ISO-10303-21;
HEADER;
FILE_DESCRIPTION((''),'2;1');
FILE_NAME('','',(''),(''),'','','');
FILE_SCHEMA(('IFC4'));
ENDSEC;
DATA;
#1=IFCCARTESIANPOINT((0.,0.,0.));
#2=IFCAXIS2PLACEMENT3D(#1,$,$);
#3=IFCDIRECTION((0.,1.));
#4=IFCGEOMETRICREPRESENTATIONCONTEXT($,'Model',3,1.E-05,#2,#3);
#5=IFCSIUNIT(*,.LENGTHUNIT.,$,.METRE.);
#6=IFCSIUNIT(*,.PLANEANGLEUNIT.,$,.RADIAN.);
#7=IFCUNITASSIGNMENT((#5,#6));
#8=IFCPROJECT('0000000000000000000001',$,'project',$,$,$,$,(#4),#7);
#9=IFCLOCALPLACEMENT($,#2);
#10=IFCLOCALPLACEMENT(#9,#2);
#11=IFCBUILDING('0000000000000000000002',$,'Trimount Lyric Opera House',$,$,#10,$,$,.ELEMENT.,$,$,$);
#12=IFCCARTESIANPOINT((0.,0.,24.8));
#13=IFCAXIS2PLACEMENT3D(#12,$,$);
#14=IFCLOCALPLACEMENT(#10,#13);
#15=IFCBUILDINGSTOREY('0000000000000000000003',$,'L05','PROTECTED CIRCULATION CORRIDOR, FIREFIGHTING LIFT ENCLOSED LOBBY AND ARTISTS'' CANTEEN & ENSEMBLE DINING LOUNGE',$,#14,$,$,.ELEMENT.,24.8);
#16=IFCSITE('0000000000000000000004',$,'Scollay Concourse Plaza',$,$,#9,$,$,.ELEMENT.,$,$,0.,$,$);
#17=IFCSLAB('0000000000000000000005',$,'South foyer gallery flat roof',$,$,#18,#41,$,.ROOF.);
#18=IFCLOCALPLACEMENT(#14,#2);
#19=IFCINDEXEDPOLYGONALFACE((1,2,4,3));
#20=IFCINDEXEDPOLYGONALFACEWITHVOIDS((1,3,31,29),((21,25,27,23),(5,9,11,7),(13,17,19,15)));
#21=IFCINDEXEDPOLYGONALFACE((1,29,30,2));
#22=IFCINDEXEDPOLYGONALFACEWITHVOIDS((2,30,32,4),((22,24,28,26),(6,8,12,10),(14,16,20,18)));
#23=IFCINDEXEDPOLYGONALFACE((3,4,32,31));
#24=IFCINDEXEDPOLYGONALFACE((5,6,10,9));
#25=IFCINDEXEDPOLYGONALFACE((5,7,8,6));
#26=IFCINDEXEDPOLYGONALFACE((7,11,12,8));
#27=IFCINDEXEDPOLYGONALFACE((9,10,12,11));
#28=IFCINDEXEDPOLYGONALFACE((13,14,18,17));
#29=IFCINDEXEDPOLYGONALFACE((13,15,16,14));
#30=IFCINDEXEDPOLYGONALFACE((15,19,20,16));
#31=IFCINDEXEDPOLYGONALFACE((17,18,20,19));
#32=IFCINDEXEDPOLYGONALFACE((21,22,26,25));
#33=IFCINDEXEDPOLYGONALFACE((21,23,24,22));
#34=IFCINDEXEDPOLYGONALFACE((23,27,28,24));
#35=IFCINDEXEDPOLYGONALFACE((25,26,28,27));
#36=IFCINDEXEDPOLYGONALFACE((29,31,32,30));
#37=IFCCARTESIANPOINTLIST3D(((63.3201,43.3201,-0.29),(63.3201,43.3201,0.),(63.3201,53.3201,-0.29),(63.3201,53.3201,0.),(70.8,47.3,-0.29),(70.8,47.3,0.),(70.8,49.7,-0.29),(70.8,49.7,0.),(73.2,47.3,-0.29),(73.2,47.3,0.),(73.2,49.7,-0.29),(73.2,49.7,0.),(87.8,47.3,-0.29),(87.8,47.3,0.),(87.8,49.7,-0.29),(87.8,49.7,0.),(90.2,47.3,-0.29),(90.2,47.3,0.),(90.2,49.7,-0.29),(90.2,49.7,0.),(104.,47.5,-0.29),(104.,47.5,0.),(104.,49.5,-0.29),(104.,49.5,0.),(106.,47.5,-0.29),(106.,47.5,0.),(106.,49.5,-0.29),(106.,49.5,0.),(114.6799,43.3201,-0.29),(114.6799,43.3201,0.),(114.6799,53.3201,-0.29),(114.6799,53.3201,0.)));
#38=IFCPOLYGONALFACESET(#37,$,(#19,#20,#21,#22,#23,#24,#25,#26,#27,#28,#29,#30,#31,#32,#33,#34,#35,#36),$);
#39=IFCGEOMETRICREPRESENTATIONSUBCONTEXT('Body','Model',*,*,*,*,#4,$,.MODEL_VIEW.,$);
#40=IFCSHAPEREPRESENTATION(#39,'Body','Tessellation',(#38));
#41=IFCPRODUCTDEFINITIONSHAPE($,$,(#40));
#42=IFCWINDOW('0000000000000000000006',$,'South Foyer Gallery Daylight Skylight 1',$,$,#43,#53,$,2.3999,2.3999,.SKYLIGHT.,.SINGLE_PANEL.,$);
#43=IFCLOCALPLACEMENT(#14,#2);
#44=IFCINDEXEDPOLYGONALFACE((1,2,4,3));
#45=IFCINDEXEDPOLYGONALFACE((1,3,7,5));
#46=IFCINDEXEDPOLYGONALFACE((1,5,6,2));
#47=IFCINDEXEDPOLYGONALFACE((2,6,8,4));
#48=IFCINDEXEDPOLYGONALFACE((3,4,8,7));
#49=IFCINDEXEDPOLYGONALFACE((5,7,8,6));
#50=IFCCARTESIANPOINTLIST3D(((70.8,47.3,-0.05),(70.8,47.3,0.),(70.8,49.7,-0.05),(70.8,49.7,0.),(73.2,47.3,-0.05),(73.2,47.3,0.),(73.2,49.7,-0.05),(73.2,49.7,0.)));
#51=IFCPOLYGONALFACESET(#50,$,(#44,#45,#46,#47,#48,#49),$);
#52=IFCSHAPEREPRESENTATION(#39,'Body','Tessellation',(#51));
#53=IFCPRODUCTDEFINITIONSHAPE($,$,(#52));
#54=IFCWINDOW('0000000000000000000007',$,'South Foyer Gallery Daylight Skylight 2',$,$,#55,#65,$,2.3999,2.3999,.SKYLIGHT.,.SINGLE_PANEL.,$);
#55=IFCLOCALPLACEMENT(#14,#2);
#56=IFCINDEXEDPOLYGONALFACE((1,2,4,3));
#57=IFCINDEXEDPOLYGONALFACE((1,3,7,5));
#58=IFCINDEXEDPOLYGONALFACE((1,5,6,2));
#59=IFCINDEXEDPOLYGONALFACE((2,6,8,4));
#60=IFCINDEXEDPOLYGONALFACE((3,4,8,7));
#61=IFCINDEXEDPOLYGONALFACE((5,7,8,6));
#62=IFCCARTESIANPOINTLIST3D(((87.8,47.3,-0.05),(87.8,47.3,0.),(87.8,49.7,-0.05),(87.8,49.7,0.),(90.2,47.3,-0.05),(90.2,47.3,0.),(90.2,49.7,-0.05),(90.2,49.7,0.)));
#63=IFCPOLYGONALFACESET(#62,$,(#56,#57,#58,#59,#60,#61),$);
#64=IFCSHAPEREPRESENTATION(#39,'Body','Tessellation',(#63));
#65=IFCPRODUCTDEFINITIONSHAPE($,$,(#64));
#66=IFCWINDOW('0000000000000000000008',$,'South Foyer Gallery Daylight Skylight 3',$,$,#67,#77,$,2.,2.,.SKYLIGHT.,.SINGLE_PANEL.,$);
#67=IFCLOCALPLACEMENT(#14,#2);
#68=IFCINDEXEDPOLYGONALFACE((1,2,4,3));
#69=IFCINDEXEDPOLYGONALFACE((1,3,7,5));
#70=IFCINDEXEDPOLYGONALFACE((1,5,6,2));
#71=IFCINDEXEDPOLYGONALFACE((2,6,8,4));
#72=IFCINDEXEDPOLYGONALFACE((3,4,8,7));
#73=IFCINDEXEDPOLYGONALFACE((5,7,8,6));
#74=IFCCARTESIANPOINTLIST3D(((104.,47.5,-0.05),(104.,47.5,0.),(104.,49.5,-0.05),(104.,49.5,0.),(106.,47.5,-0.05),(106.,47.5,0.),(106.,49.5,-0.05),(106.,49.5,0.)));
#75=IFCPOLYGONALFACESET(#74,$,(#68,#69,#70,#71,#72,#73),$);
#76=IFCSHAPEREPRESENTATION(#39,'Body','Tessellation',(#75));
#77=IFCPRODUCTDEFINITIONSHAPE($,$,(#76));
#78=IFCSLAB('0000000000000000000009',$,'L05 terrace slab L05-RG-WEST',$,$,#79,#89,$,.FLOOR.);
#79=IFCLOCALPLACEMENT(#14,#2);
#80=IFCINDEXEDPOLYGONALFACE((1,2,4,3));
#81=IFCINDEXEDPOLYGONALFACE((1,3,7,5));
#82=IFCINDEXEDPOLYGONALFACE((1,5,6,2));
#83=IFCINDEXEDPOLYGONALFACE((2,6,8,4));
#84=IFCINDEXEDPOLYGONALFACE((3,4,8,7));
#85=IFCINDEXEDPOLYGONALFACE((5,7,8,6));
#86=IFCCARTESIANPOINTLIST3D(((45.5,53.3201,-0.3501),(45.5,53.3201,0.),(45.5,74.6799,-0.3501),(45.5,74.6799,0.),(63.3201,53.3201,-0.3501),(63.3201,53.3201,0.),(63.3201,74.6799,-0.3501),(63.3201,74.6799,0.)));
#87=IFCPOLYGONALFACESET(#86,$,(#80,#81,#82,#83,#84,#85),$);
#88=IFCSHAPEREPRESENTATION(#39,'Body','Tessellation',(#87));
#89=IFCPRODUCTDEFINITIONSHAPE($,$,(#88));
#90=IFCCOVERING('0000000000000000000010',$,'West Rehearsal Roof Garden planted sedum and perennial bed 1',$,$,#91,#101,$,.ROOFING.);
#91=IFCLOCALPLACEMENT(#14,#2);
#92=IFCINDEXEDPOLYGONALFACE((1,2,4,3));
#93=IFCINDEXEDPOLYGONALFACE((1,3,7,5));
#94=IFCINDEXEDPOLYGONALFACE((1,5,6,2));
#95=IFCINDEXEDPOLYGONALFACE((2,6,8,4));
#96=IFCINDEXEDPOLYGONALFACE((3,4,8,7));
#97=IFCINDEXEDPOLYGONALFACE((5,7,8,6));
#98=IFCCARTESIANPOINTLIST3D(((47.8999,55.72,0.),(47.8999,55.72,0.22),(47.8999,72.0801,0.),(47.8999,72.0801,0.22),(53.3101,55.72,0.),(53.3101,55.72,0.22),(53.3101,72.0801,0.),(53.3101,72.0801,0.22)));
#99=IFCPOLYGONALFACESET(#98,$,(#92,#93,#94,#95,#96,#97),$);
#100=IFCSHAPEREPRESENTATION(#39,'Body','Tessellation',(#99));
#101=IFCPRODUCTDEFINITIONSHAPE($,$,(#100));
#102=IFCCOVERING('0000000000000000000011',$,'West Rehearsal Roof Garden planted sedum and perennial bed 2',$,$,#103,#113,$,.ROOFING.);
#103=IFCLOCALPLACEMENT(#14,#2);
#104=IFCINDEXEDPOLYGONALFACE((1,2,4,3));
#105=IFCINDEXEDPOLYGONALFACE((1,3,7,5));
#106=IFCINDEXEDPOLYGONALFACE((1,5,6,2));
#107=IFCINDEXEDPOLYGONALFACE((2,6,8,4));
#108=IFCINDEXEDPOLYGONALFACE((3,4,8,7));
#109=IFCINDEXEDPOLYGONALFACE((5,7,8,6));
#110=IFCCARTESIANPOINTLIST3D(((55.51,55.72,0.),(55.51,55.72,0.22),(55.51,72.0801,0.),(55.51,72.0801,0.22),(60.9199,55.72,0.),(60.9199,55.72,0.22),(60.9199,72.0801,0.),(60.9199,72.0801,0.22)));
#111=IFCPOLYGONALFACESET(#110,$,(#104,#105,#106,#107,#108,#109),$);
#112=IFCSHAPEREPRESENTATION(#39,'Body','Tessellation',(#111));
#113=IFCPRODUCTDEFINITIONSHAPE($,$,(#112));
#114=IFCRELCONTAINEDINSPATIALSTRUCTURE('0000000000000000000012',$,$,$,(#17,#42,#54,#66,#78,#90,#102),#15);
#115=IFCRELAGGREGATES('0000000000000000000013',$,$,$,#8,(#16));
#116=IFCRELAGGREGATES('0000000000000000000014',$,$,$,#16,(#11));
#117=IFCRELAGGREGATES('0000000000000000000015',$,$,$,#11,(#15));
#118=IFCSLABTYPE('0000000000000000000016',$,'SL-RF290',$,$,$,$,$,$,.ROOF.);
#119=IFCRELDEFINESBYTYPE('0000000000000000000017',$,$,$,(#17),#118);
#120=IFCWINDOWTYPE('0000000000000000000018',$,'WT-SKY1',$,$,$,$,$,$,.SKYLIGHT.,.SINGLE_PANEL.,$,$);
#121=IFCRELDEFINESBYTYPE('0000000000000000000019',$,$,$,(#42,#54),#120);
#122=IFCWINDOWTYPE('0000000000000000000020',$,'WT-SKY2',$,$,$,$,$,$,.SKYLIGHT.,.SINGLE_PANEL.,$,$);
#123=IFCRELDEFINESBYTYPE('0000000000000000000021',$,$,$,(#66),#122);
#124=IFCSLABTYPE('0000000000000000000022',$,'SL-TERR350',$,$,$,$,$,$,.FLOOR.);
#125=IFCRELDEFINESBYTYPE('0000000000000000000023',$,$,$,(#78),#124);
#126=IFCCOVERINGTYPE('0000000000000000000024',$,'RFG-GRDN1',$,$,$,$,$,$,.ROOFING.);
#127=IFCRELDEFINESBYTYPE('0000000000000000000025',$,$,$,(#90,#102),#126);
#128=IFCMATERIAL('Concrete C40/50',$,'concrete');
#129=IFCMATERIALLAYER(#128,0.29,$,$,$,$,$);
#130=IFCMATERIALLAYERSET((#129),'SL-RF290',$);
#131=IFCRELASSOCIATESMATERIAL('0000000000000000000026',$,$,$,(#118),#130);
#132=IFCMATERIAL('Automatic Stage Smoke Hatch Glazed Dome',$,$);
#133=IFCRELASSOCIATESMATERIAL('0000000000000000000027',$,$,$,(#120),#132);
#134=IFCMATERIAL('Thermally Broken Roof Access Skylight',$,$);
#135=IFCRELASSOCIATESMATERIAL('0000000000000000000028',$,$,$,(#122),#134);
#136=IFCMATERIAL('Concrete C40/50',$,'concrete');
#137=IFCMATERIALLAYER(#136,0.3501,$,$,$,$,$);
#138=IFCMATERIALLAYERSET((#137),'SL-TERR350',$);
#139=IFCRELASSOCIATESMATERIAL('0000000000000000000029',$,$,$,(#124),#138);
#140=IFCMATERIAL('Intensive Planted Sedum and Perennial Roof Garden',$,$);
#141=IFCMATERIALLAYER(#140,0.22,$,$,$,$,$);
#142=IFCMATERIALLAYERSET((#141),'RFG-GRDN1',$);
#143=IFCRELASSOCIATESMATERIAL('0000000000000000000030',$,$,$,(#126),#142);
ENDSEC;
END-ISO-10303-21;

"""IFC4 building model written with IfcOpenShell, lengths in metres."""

from ifc_helpers import new_model, si_unit, direction, frame, origin, origin_2d, place, context, subcontext, project, spatial, polyline, rectangle, outline, extrude, material, layer, layer_set, type_object, element, fill, save


model = new_model("IFC4")

# Units and contexts
model_context = context("Model", 3, precision=1e-05, world=origin(), true_north=direction((0.0, 1.0)))
body_context = subcontext(model_context, "Body", "Model", "MODEL_VIEW")
ifc_project = project(units=[si_unit("LENGTHUNIT", "METRE"), si_unit("PLANEANGLEUNIT", "RADIAN")], contexts=[model_context])

# Site, building, storey
site_placement = place(None, origin())
site = spatial("IfcSite", under=ifc_project, at=site_placement, Name="Scollay Concourse Plaza", CompositionType="ELEMENT", RefElevation=0.0)
building_placement = place(site_placement, origin())
building = spatial("IfcBuilding", under=site, at=building_placement, Name="Trimount Lyric Opera House", CompositionType="ELEMENT")
storey_placement = place(building_placement, frame((0.0, 0.0, 24.8)))
storey = spatial("IfcBuildingStorey", under=building, at=storey_placement, Name="L05", Description="PROTECTED CIRCULATION CORRIDOR, FIREFIGHTING LIFT ENCLOSED LOBBY AND ARTISTS' CANTEEN & ENSEMBLE DINING LOUNGE", CompositionType="ELEMENT", Elevation=24.8)

# Shared definitions
ifc_material_1 = material(Name="Concrete C40/50", Category="concrete")
ifc_layer_1 = layer(ifc_material_1, 0.29)
ifc_layer_set_1 = layer_set([ifc_layer_1], Name="SL-RF290")
slab_type_1 = type_object("IfcSlabType", Name="SL-RF290", PredefinedType="ROOF", material=ifc_layer_set_1)

# Slab, openings, windows
slab_1_placement = place(storey_placement, frame((0.0, 0.0, -0.29)))
slab_1 = element("IfcSlab", 1, at=slab_1_placement, inside=storey, type_object=slab_type_1, Name="South foyer gallery flat roof", PredefinedType="ROOF", context=body_context, shape_type="SweptSolid", body=[
    extrude(outline(polyline([(114.6799, 43.3201), (63.3201, 43.3201), (63.3201, 53.3201), (114.6799, 53.3201), (114.6799, 43.3201)])), origin(), (0.0, 0.0, 1.0), 0.29),
])
opening_1_placement = place(slab_1_placement, frame((72.0, 48.5, 0.0)))
opening_1 = element("IfcOpeningElement", 2, at=opening_1_placement, cuts=slab_1, PredefinedType="OPENING", context=body_context, shape_type="SweptSolid", body=[
    extrude(rectangle(XDim=2.3999, YDim=2.3999, at=origin_2d()), frame((0.0, 0.0, -0.01)), (0.0, 0.0, 1.0), 0.3101),
])
opening_2_placement = place(slab_1_placement, frame((89.0, 48.5, 0.0)))
opening_2 = element("IfcOpeningElement", 3, at=opening_2_placement, cuts=slab_1, PredefinedType="OPENING", context=body_context, shape_type="SweptSolid", body=[
    extrude(rectangle(XDim=2.3999, YDim=2.3999, at=origin_2d()), frame((0.0, 0.0, -0.01)), (0.0, 0.0, 1.0), 0.3101),
])
opening_3_placement = place(slab_1_placement, frame((105.0, 48.5, 0.0)))
opening_3 = element("IfcOpeningElement", 4, at=opening_3_placement, cuts=slab_1, PredefinedType="OPENING", context=body_context, shape_type="SweptSolid", body=[
    extrude(rectangle(XDim=2.0, YDim=2.0, at=origin_2d()), frame((0.0, 0.0, -0.01)), (0.0, 0.0, 1.0), 0.3101),
])
ifc_material_2 = material(Name="Automatic Stage Smoke Hatch Glazed Dome")
window_type_1 = type_object("IfcWindowType", Name="WT-SKY1", PartitioningType="SINGLE_PANEL", PredefinedType="SKYLIGHT", material=ifc_material_2)
window_1_placement = place(opening_1_placement, frame((0.0, 0.0, 0.24)))
window_1 = element("IfcWindow", 5, at=window_1_placement, inside=storey, type_object=window_type_1, Name="South Foyer Gallery Daylight Skylight 1", OverallHeight=2.3999, OverallWidth=2.3999, PartitioningType="SINGLE_PANEL", PredefinedType="SKYLIGHT", context=body_context, shape_type="SweptSolid", body=[
    extrude(rectangle(XDim=2.3999, YDim=2.3999, at=origin_2d()), origin(), (0.0, 0.0, 1.0), 0.05),
])
fill(opening_1, window_1)
window_2_placement = place(opening_2_placement, frame((0.0, 0.0, 0.24)))
window_2 = element("IfcWindow", 6, at=window_2_placement, inside=storey, type_object=window_type_1, Name="South Foyer Gallery Daylight Skylight 2", OverallHeight=2.3999, OverallWidth=2.3999, PartitioningType="SINGLE_PANEL", PredefinedType="SKYLIGHT", context=body_context, shape_type="SweptSolid", body=[
    extrude(rectangle(XDim=2.3999, YDim=2.3999, at=origin_2d()), origin(), (0.0, 0.0, 1.0), 0.05),
])
fill(opening_2, window_2)
ifc_material_3 = material(Name="Thermally Broken Roof Access Skylight")
window_type_2 = type_object("IfcWindowType", Name="WT-SKY2", PartitioningType="SINGLE_PANEL", PredefinedType="SKYLIGHT", material=ifc_material_3)
window_3_placement = place(opening_3_placement, frame((0.0, 0.0, 0.24)))
window_3 = element("IfcWindow", 7, at=window_3_placement, inside=storey, type_object=window_type_2, Name="South Foyer Gallery Daylight Skylight 3", OverallHeight=2.0, OverallWidth=2.0, PartitioningType="SINGLE_PANEL", PredefinedType="SKYLIGHT", context=body_context, shape_type="SweptSolid", body=[
    extrude(rectangle(XDim=2.0, YDim=2.0, at=origin_2d()), origin(), (0.0, 0.0, 1.0), 0.05),
])
fill(opening_3, window_3)

# Slab
ifc_material_4 = material(Name="Concrete C40/50", Category="concrete")
ifc_layer_2 = layer(ifc_material_4, 0.3501)
ifc_layer_set_2 = layer_set([ifc_layer_2], Name="SL-TERR350")
slab_type_2 = type_object("IfcSlabType", Name="SL-TERR350", PredefinedType="FLOOR", material=ifc_layer_set_2)
slab_2_placement = place(storey_placement, frame((0.0, 0.0, -0.3501)))
element("IfcSlab", 8, at=slab_2_placement, inside=storey, type_object=slab_type_2, Name="L05 terrace slab L05-RG-WEST", PredefinedType="FLOOR", context=body_context, shape_type="SweptSolid", body=[
    extrude(outline(polyline([(63.3201, 53.3201), (45.5, 53.3201), (45.5, 74.6799), (63.3201, 74.6799), (63.3201, 53.3201)])), origin(), (0.0, 0.0, 1.0), 0.3501),
])

# Coverings
ifc_material_5 = material(Name="Intensive Planted Sedum and Perennial Roof Garden")
ifc_layer_3 = layer(ifc_material_5, 0.22)
ifc_layer_set_3 = layer_set([ifc_layer_3], Name="RFG-GRDN1")
covering_type = type_object("IfcCoveringType", Name="RFG-GRDN1", PredefinedType="ROOFING", material=ifc_layer_set_3)
covering_1_placement = place(storey_placement, origin())
element("IfcCovering", 9, at=covering_1_placement, inside=storey, type_object=covering_type, Name="West Rehearsal Roof Garden planted sedum and perennial bed 1", PredefinedType="ROOFING", context=body_context, shape_type="SweptSolid", body=[
    extrude(outline(polyline([(47.8999, 55.72), (53.3101, 55.72), (53.3101, 72.0801), (47.8999, 72.0801), (47.8999, 55.72)])), origin(), (0.0, 0.0, 1.0), 0.22),
])
covering_2_placement = place(storey_placement, origin())
element("IfcCovering", 10, at=covering_2_placement, inside=storey, type_object=covering_type, Name="West Rehearsal Roof Garden planted sedum and perennial bed 2", PredefinedType="ROOFING", context=body_context, shape_type="SweptSolid", body=[
    extrude(outline(polyline([(55.51, 55.72), (60.9199, 55.72), (60.9199, 72.0801), (55.51, 72.0801), (55.51, 55.72)])), origin(), (0.0, 0.0, 1.0), 0.22),
])

save(model, "model.ifc")
